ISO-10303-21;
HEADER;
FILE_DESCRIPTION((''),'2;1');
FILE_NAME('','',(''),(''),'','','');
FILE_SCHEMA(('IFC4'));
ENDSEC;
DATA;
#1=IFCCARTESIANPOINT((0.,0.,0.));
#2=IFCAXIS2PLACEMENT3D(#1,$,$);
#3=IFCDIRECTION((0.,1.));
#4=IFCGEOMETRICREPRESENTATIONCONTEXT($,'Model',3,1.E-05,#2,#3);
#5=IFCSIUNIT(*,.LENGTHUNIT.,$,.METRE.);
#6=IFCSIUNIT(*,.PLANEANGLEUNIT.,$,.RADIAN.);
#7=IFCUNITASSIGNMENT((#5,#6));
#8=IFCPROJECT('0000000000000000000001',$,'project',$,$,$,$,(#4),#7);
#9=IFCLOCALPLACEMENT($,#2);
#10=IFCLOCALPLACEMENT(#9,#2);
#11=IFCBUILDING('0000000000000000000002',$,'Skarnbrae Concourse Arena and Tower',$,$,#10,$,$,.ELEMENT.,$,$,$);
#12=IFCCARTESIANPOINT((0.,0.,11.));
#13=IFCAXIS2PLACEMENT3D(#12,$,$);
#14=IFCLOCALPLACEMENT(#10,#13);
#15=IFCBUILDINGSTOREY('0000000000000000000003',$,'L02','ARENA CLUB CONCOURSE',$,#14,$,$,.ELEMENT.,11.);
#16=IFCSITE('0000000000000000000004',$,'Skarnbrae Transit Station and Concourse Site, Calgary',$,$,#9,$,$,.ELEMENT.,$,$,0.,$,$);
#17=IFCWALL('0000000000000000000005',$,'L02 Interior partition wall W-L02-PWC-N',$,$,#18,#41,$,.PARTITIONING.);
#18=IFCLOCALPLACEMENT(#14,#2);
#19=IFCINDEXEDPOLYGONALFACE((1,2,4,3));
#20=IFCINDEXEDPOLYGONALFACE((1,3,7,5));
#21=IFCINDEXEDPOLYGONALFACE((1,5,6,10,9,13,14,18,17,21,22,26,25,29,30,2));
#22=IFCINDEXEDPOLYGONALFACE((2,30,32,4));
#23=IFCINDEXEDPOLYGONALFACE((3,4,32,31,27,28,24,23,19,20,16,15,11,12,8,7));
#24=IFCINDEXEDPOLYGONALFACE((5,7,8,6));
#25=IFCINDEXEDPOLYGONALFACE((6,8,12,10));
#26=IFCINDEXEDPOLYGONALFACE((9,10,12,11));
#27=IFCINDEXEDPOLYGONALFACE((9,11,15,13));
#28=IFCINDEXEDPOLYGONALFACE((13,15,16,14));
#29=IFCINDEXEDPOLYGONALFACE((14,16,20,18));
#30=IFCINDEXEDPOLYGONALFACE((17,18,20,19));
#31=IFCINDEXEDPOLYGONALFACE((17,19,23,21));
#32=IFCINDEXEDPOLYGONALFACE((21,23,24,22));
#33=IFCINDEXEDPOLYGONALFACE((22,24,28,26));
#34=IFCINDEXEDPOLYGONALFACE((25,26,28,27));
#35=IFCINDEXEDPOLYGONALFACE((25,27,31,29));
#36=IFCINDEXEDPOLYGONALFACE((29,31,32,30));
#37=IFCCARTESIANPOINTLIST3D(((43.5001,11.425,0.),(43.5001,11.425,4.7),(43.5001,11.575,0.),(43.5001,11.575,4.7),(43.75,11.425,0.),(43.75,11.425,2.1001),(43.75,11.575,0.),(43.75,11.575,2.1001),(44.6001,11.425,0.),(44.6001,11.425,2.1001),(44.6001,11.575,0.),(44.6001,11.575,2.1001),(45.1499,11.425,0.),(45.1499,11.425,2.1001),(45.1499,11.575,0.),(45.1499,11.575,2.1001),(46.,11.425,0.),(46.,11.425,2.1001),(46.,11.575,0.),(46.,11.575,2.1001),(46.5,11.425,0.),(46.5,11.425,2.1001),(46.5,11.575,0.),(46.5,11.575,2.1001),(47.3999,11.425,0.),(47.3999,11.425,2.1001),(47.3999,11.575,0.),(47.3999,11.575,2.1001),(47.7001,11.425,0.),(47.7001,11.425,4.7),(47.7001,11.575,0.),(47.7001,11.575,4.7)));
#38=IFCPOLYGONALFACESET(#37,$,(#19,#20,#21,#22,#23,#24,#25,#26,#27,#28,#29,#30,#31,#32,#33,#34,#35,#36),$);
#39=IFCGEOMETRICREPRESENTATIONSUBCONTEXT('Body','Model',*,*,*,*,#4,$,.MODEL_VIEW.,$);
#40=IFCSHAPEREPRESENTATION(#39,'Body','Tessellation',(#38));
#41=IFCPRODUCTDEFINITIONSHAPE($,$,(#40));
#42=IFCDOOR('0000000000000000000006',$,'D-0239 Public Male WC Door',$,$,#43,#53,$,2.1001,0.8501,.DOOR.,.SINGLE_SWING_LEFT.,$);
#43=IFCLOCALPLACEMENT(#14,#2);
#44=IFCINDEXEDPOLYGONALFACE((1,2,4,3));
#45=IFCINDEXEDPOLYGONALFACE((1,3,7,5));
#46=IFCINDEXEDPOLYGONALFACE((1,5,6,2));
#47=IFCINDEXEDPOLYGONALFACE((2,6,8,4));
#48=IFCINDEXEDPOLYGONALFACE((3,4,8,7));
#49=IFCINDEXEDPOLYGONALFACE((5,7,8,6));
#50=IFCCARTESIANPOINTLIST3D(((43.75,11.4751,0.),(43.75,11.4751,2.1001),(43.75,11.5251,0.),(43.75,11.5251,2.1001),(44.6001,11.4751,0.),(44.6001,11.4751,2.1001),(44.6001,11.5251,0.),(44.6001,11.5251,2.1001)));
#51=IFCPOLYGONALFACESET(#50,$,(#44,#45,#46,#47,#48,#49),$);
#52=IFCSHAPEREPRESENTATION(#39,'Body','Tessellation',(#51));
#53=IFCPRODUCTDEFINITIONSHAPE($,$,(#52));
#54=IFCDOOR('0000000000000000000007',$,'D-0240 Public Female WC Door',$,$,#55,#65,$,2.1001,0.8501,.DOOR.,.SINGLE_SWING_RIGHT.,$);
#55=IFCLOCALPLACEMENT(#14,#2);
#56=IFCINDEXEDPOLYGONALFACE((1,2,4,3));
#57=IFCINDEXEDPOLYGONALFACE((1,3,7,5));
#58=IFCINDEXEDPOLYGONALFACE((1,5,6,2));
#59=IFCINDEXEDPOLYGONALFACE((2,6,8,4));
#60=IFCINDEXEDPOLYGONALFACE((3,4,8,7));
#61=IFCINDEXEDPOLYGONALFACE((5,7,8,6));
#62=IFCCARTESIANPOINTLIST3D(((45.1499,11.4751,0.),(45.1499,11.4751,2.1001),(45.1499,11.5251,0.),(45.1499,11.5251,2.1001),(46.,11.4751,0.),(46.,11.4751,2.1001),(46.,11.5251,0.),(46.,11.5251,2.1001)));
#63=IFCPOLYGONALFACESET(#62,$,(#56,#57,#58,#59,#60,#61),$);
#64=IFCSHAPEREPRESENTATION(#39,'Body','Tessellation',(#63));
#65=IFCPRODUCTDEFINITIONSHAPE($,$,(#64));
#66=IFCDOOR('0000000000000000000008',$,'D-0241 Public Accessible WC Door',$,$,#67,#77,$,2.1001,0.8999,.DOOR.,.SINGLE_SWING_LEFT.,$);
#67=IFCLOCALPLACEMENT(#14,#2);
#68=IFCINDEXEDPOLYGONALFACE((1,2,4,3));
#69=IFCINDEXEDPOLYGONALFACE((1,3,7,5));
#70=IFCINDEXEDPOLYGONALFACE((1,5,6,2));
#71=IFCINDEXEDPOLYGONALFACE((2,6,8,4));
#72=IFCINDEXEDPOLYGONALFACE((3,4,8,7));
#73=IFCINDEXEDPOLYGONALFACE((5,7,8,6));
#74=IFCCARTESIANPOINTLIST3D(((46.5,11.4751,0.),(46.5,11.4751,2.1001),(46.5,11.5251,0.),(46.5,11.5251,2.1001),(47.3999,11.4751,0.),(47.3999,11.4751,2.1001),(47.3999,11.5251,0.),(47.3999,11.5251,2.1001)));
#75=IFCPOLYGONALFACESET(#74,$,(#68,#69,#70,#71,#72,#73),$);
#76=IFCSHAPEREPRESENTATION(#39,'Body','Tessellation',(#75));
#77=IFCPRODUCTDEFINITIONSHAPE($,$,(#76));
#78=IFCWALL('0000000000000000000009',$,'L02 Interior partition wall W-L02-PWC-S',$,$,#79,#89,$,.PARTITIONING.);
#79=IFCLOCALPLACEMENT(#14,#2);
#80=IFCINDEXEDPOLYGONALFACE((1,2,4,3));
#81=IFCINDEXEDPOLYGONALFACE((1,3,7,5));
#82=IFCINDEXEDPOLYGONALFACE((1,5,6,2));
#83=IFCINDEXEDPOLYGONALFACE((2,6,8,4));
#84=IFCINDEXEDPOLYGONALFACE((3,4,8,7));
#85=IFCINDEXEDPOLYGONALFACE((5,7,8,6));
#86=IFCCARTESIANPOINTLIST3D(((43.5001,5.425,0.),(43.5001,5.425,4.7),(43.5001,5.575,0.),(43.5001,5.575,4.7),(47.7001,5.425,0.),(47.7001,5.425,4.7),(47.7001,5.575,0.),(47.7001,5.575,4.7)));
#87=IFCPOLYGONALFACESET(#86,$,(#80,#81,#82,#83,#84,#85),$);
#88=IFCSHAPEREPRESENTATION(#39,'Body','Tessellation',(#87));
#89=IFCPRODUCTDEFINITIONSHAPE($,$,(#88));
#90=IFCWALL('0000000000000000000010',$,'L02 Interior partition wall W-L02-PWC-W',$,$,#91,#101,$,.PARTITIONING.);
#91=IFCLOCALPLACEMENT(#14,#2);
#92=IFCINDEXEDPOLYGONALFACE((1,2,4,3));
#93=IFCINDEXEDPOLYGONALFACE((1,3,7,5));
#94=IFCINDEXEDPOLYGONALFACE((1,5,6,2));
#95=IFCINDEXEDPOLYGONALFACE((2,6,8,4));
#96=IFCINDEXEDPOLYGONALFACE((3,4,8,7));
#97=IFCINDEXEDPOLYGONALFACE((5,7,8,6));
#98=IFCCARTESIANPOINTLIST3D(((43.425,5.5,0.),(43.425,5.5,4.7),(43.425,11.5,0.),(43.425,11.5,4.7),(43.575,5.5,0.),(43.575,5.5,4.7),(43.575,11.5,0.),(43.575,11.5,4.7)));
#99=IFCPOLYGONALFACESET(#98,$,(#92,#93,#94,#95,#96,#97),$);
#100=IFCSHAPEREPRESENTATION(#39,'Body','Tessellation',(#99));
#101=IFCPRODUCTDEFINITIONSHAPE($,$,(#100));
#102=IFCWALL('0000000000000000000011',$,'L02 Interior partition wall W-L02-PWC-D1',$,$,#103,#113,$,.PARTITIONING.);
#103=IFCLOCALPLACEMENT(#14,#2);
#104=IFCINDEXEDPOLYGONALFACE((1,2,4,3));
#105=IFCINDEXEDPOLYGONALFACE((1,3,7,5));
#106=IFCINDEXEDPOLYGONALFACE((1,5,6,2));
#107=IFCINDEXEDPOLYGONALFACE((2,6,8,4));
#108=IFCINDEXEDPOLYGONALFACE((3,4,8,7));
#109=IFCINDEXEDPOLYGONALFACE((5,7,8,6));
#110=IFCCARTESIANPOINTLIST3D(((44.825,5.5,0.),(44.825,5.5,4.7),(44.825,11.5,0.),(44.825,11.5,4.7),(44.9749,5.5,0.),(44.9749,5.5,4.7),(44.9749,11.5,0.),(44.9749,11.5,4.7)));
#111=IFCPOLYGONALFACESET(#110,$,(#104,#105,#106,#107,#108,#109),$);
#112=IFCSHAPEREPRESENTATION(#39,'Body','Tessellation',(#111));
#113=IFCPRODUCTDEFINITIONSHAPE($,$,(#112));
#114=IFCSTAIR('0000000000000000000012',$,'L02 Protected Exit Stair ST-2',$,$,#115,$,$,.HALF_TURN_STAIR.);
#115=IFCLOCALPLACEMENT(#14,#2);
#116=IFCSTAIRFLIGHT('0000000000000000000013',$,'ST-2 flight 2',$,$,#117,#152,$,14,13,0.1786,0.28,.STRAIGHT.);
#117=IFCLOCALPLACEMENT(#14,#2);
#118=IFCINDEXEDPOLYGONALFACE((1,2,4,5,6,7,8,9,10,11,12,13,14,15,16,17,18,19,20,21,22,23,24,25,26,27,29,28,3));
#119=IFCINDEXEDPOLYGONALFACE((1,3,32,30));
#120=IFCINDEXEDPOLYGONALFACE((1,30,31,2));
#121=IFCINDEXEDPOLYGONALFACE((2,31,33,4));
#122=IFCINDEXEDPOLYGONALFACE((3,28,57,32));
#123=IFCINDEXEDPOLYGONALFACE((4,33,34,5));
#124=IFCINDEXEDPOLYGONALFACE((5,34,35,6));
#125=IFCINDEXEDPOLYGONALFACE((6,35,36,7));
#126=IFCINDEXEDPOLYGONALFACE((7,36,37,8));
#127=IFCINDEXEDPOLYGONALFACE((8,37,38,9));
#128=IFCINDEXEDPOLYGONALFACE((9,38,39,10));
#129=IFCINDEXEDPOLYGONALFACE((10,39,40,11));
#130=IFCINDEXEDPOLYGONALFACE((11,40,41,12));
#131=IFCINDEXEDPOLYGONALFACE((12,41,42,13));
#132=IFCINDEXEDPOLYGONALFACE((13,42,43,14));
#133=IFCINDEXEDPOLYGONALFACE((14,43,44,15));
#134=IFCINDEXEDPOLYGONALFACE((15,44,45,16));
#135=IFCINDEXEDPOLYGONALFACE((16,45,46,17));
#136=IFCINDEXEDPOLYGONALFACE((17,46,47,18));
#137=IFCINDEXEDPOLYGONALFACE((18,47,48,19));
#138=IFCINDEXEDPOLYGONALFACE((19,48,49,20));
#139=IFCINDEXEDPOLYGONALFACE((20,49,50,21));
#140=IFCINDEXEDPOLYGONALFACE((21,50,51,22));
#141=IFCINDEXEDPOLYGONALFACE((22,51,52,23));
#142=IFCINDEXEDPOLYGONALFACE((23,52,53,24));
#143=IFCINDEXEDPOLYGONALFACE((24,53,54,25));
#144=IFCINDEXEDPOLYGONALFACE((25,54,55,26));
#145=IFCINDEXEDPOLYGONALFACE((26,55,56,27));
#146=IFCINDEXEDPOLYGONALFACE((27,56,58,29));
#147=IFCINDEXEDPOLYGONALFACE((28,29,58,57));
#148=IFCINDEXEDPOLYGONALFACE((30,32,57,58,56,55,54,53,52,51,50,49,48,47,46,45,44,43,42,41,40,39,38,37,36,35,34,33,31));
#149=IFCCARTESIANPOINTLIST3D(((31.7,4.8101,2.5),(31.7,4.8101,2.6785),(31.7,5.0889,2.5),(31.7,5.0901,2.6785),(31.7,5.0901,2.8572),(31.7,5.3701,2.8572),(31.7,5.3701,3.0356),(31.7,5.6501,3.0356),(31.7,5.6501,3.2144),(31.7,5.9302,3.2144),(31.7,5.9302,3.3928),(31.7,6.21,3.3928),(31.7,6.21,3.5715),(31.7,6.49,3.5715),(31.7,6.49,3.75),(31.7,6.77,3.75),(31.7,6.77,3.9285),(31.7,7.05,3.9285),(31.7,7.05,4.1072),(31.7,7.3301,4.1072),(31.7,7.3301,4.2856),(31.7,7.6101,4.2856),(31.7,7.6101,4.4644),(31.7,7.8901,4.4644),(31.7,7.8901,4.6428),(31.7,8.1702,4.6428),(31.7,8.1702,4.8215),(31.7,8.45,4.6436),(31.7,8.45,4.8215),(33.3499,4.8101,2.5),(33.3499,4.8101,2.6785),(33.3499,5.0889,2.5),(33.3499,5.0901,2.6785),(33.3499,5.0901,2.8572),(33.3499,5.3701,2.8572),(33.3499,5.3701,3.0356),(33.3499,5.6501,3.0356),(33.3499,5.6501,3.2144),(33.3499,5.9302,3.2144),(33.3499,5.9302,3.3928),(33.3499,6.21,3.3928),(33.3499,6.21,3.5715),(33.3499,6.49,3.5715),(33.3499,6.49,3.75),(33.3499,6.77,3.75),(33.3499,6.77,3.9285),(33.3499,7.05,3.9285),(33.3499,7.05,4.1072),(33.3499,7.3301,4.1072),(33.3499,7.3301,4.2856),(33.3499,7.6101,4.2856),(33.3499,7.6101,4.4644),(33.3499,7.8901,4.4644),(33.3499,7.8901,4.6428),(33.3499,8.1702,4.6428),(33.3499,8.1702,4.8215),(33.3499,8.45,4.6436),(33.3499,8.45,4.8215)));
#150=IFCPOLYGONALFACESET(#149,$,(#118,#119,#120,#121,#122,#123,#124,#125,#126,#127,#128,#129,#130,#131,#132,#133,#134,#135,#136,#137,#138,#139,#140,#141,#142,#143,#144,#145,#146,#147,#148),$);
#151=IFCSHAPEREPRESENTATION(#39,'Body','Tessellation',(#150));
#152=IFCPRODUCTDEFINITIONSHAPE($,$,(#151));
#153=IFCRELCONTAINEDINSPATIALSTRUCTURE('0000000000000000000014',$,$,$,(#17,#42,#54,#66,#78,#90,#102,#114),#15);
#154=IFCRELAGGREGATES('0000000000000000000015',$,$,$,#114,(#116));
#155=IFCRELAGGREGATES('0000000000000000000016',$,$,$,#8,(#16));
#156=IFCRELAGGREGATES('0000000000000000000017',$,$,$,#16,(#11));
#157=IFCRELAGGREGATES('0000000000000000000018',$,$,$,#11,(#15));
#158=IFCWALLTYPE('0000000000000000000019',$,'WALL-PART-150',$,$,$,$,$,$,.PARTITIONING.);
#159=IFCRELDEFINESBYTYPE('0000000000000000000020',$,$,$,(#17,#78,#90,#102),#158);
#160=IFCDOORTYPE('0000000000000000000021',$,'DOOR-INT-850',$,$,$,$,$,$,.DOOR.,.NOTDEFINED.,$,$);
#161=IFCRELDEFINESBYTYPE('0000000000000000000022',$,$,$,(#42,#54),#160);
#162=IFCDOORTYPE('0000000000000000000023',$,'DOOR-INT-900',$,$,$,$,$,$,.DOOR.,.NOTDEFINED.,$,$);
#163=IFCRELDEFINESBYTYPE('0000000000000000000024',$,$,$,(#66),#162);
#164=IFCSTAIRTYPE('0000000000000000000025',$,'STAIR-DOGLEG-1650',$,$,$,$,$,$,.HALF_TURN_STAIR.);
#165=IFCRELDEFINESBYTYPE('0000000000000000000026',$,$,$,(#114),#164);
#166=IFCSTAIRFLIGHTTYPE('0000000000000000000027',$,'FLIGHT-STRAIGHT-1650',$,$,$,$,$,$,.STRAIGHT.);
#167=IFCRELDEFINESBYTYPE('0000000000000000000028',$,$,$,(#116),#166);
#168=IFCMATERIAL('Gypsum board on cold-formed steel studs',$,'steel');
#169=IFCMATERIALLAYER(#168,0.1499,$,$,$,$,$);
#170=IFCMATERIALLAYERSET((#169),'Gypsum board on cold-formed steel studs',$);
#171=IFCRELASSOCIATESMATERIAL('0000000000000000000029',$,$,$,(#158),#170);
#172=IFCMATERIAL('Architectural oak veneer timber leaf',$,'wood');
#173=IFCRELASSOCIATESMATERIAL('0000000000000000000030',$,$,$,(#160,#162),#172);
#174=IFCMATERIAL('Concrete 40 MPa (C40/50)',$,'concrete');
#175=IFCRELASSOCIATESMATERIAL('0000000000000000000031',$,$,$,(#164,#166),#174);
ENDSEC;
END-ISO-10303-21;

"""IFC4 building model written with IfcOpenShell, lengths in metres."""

from ifc_helpers import new_model, si_unit, direction, frame, frame_2d, origin, place, context, subcontext, project, spatial, polyline, rectangle, outline, extrude, source, transform, mapped, material, layer, layer_set, type_object, element, fill, aggregate, save


model = new_model("IFC4")

# Units and contexts
model_context = context("Model", 3, precision=1e-05, world=origin(), true_north=direction((0.0, 1.0)))
body_context = subcontext(model_context, "Body", "Model", "MODEL_VIEW")
ifc_project = project(units=[si_unit("LENGTHUNIT", "METRE"), si_unit("PLANEANGLEUNIT", "RADIAN")], contexts=[model_context])

# Site, building, storey
site_placement = place(None, origin())
site = spatial("IfcSite", under=ifc_project, at=site_placement, Name="Skarnbrae Transit Station and Concourse Site, Calgary", CompositionType="ELEMENT", RefElevation=0.0)
building_placement = place(site_placement, origin())
building = spatial("IfcBuilding", under=site, at=building_placement, Name="Skarnbrae Concourse Arena and Tower", CompositionType="ELEMENT")
storey_placement = place(building_placement, frame((0.0, 0.0, 11.0)))
storey = spatial("IfcBuildingStorey", under=building, at=storey_placement, Name="L02", Description="ARENA CLUB CONCOURSE", CompositionType="ELEMENT", Elevation=11.0)

# Shared definitions
ifc_material_1 = material(Name="Gypsum board on cold-formed steel studs", Category="steel")

# Shared definitions
ifc_layer_1 = layer(ifc_material_1, 0.1499)
ifc_layer_set_1 = layer_set([ifc_layer_1], Name="Gypsum board on cold-formed steel studs")
wall_type_1 = type_object("IfcWallType", Name="WALL-PART-150", PredefinedType="PARTITIONING", material=ifc_layer_set_1)

# Wall, openings, doors
shared_shape_1 = source(origin(), body_context, "Body", "SweptSolid", [
    extrude(rectangle(XDim=4.2, YDim=0.1499, at=frame_2d((2.1001, 0.0))), origin(), (0.0, 0.0, 1.0), 4.7),
])
wall_1_placement = place(storey_placement, frame((43.5, 11.5, 0.0), z_axis=(0.0, 0.0, 1.0), x_axis=(1.0, 0.0, 0.0)))
wall_1 = element("IfcWall", 1, at=wall_1_placement, inside=storey, type_object=wall_type_1, Name="L02 Interior partition wall W-L02-PWC-N", PredefinedType="PARTITIONING", context=body_context, shape_type="MappedRepresentation", body=[
    mapped(shared_shape_1, transform((0.0, 0.0, 0.0))),
])
opening_1_placement = place(wall_1_placement, frame((0.25, 0.0, 0.0)))
opening_1 = element("IfcOpeningElement", 2, at=opening_1_placement, cuts=wall_1, PredefinedType="OPENING", context=body_context, shape_type="SweptSolid", body=[
    extrude(rectangle(XDim=0.8501, YDim=2.1001, at=frame_2d((0.425, 1.05))), frame((0.0, 0.085, 0.0), z_axis=(0.0, -1.0, 0.0), x_axis=(1.0, 0.0, 0.0)), (0.0, 0.0, 1.0), 0.1699),
])
opening_2_placement = place(wall_1_placement, frame((1.6499, 0.0, 0.0)))
opening_2 = element("IfcOpeningElement", 3, at=opening_2_placement, cuts=wall_1, PredefinedType="OPENING", context=body_context, shape_type="SweptSolid", body=[
    extrude(rectangle(XDim=0.8501, YDim=2.1001, at=frame_2d((0.425, 1.05))), frame((0.0, 0.085, 0.0), z_axis=(0.0, -1.0, 0.0), x_axis=(1.0, 0.0, 0.0)), (0.0, 0.0, 1.0), 0.1699),
])
opening_3_placement = place(wall_1_placement, frame((3.0, 0.0, 0.0)))
opening_3 = element("IfcOpeningElement", 4, at=opening_3_placement, cuts=wall_1, PredefinedType="OPENING", context=body_context, shape_type="SweptSolid", body=[
    extrude(rectangle(XDim=0.8999, YDim=2.1001, at=frame_2d((0.45, 1.05))), frame((0.0, 0.085, 0.0), z_axis=(0.0, -1.0, 0.0), x_axis=(1.0, 0.0, 0.0)), (0.0, 0.0, 1.0), 0.1699),
])
ifc_material_2 = material(Name="Architectural oak veneer timber leaf", Category="wood")
door_type_1 = type_object("IfcDoorType", Name="DOOR-INT-850", OperationType="NOTDEFINED", PredefinedType="DOOR", material=ifc_material_2)
shared_shape_2 = source(origin(), body_context, "Body", "SweptSolid", [
    extrude(rectangle(XDim=0.8501, YDim=2.1001, at=frame_2d((0.425, 1.05))), frame((0.0, 0.0249, 0.0), z_axis=(0.0, -1.0, 0.0), x_axis=(1.0, 0.0, 0.0)), (0.0, 0.0, 1.0), 0.05),
])
door_1_placement = place(opening_1_placement, frame((0.8501, 0.0, 0.0), z_axis=(0.0, 0.0, 1.0), x_axis=(-1.0, 0.0, 0.0)))
door_1 = element("IfcDoor", 5, at=door_1_placement, inside=storey, type_object=door_type_1, Name="D-0239 Public Male WC Door", OperationType="SINGLE_SWING_LEFT", OverallHeight=2.1001, OverallWidth=0.8501, PredefinedType="DOOR", context=body_context, shape_type="MappedRepresentation", body=[
    mapped(shared_shape_2, transform((0.0, 0.0, 0.0))),
])
fill(opening_1, door_1)
door_2_placement = place(opening_2_placement, frame((0.8501, 0.0, 0.0), z_axis=(0.0, 0.0, 1.0), x_axis=(-1.0, 0.0, 0.0)))
door_2 = element("IfcDoor", 6, at=door_2_placement, inside=storey, type_object=door_type_1, Name="D-0240 Public Female WC Door", OperationType="SINGLE_SWING_RIGHT", OverallHeight=2.1001, OverallWidth=0.8501, PredefinedType="DOOR", context=body_context, shape_type="MappedRepresentation", body=[
    mapped(shared_shape_2, transform((0.0, 0.0, 0.0))),
])
fill(opening_2, door_2)
door_type_2 = type_object("IfcDoorType", Name="DOOR-INT-900", OperationType="NOTDEFINED", PredefinedType="DOOR", material=ifc_material_2)
shared_shape_3 = source(origin(), body_context, "Body", "SweptSolid", [
    extrude(rectangle(XDim=0.8999, YDim=2.1001, at=frame_2d((0.45, 1.05))), frame((0.0, 0.0249, 0.0), z_axis=(0.0, -1.0, 0.0), x_axis=(1.0, 0.0, 0.0)), (0.0, 0.0, 1.0), 0.05),
])
door_3_placement = place(opening_3_placement, frame((0.8999, 0.0, 0.0), z_axis=(0.0, 0.0, 1.0), x_axis=(-1.0, 0.0, 0.0)))
door_3 = element("IfcDoor", 7, at=door_3_placement, inside=storey, type_object=door_type_2, Name="D-0241 Public Accessible WC Door", OperationType="SINGLE_SWING_LEFT", OverallHeight=2.1001, OverallWidth=0.8999, PredefinedType="DOOR", context=body_context, shape_type="MappedRepresentation", body=[
    mapped(shared_shape_3, transform((0.0, 0.0, 0.0))),
])
fill(opening_3, door_3)

# Walls
wall_2_placement = place(storey_placement, frame((43.5, 5.5, 0.0), z_axis=(0.0, 0.0, 1.0), x_axis=(1.0, 0.0, 0.0)))
element("IfcWall", 8, at=wall_2_placement, inside=storey, type_object=wall_type_1, Name="L02 Interior partition wall W-L02-PWC-S", PredefinedType="PARTITIONING", context=body_context, shape_type="MappedRepresentation", body=[
    mapped(shared_shape_1, transform((0.0, 0.0, 0.0))),
])
shared_shape_4 = source(origin(), body_context, "Body", "SweptSolid", [
    extrude(rectangle(XDim=6.0, YDim=0.1499, at=frame_2d((3.0, 0.0))), origin(), (0.0, 0.0, 1.0), 4.7),
])
for number, where, z_axis, x_axis, name in (
    (9, (43.5, 5.5, 0.0), (0.0, 0.0, 1.0), (0.0, 1.0, 0.0), "L02 Interior partition wall W-L02-PWC-W"),
    (10, (44.8999, 5.5, 0.0), (0.0, 0.0, 1.0), (0.0, 1.0, 0.0), "L02 Interior partition wall W-L02-PWC-D1"),
):
    element("IfcWall", number, at=place(storey_placement, frame(where, z_axis=z_axis, x_axis=x_axis)), inside=storey, type_object=wall_type_1, Name=name, PredefinedType="PARTITIONING", context=body_context, shape_type="MappedRepresentation", body=[
        mapped(shared_shape_4, transform((0.0, 0.0, 0.0))),
    ])

# Stair, stair flight
ifc_material_3 = material(Name="Concrete 40 MPa (C40/50)", Category="concrete")
stair_type = type_object("IfcStairType", Name="STAIR-DOGLEG-1650", PredefinedType="HALF_TURN_STAIR", material=ifc_material_3)
stair_placement = place(storey_placement, origin())
stair = element("IfcStair", 11, at=stair_placement, inside=storey, type_object=stair_type, Name="L02 Protected Exit Stair ST-2", PredefinedType="HALF_TURN_STAIR")
stair_flight_type = type_object("IfcStairFlightType", Name="FLIGHT-STRAIGHT-1650", PredefinedType="STRAIGHT", material=ifc_material_3)
shared_shape_5 = source(origin(), body_context, "Body", "SweptSolid", [
    extrude(outline(polyline([(0.0, 0.0), (0.0, 0.1785), (0.28, 0.1785), (0.28, 0.3572), (0.5601, 0.3572), (0.5601, 0.5356), (0.8401, 0.5356), (0.8401, 0.7144), (1.1201, 0.7144), (1.1201, 0.8928), (1.3999, 0.8928), (1.3999, 1.0715), (1.6799, 1.0715), (1.6799, 1.25), (1.96, 1.25), (1.96, 1.4285), (2.24, 1.4285), (2.24, 1.6072), (2.52, 1.6072), (2.52, 1.7856), (2.8, 1.7856), (2.8, 1.9644), (3.0801, 1.9644), (3.0801, 2.1428), (3.3601, 2.1428), (3.3601, 2.3215), (3.6399, 2.3215), (3.6399, 2.5), (3.6399, 2.1436), (0.2788, 0.0), (0.0, 0.0)])), frame((0.0, 0.825, 0.0), z_axis=(0.0, -1.0, 0.0), x_axis=(1.0, 0.0, 0.0)), (0.0, 0.0, 1.0), 1.6499),
])
stair_flight_placement = place(storey_placement, frame((32.5249, 4.8101, 2.5), z_axis=(0.0, 0.0, 1.0), x_axis=(0.0, 1.0, 0.0)))
stair_flight = element("IfcStairFlight", 12, at=stair_flight_placement, type_object=stair_flight_type, Name="ST-2 flight 2", NumberOfRisers=14, NumberOfTreads=13, PredefinedType="STRAIGHT", RiserHeight=0.1786, TreadLength=0.28, context=body_context, shape_type="MappedRepresentation", body=[
    mapped(shared_shape_5, transform((0.0, 0.0, 0.0))),
])
aggregate(stair, [stair_flight])

save(model, "model.ifc")
